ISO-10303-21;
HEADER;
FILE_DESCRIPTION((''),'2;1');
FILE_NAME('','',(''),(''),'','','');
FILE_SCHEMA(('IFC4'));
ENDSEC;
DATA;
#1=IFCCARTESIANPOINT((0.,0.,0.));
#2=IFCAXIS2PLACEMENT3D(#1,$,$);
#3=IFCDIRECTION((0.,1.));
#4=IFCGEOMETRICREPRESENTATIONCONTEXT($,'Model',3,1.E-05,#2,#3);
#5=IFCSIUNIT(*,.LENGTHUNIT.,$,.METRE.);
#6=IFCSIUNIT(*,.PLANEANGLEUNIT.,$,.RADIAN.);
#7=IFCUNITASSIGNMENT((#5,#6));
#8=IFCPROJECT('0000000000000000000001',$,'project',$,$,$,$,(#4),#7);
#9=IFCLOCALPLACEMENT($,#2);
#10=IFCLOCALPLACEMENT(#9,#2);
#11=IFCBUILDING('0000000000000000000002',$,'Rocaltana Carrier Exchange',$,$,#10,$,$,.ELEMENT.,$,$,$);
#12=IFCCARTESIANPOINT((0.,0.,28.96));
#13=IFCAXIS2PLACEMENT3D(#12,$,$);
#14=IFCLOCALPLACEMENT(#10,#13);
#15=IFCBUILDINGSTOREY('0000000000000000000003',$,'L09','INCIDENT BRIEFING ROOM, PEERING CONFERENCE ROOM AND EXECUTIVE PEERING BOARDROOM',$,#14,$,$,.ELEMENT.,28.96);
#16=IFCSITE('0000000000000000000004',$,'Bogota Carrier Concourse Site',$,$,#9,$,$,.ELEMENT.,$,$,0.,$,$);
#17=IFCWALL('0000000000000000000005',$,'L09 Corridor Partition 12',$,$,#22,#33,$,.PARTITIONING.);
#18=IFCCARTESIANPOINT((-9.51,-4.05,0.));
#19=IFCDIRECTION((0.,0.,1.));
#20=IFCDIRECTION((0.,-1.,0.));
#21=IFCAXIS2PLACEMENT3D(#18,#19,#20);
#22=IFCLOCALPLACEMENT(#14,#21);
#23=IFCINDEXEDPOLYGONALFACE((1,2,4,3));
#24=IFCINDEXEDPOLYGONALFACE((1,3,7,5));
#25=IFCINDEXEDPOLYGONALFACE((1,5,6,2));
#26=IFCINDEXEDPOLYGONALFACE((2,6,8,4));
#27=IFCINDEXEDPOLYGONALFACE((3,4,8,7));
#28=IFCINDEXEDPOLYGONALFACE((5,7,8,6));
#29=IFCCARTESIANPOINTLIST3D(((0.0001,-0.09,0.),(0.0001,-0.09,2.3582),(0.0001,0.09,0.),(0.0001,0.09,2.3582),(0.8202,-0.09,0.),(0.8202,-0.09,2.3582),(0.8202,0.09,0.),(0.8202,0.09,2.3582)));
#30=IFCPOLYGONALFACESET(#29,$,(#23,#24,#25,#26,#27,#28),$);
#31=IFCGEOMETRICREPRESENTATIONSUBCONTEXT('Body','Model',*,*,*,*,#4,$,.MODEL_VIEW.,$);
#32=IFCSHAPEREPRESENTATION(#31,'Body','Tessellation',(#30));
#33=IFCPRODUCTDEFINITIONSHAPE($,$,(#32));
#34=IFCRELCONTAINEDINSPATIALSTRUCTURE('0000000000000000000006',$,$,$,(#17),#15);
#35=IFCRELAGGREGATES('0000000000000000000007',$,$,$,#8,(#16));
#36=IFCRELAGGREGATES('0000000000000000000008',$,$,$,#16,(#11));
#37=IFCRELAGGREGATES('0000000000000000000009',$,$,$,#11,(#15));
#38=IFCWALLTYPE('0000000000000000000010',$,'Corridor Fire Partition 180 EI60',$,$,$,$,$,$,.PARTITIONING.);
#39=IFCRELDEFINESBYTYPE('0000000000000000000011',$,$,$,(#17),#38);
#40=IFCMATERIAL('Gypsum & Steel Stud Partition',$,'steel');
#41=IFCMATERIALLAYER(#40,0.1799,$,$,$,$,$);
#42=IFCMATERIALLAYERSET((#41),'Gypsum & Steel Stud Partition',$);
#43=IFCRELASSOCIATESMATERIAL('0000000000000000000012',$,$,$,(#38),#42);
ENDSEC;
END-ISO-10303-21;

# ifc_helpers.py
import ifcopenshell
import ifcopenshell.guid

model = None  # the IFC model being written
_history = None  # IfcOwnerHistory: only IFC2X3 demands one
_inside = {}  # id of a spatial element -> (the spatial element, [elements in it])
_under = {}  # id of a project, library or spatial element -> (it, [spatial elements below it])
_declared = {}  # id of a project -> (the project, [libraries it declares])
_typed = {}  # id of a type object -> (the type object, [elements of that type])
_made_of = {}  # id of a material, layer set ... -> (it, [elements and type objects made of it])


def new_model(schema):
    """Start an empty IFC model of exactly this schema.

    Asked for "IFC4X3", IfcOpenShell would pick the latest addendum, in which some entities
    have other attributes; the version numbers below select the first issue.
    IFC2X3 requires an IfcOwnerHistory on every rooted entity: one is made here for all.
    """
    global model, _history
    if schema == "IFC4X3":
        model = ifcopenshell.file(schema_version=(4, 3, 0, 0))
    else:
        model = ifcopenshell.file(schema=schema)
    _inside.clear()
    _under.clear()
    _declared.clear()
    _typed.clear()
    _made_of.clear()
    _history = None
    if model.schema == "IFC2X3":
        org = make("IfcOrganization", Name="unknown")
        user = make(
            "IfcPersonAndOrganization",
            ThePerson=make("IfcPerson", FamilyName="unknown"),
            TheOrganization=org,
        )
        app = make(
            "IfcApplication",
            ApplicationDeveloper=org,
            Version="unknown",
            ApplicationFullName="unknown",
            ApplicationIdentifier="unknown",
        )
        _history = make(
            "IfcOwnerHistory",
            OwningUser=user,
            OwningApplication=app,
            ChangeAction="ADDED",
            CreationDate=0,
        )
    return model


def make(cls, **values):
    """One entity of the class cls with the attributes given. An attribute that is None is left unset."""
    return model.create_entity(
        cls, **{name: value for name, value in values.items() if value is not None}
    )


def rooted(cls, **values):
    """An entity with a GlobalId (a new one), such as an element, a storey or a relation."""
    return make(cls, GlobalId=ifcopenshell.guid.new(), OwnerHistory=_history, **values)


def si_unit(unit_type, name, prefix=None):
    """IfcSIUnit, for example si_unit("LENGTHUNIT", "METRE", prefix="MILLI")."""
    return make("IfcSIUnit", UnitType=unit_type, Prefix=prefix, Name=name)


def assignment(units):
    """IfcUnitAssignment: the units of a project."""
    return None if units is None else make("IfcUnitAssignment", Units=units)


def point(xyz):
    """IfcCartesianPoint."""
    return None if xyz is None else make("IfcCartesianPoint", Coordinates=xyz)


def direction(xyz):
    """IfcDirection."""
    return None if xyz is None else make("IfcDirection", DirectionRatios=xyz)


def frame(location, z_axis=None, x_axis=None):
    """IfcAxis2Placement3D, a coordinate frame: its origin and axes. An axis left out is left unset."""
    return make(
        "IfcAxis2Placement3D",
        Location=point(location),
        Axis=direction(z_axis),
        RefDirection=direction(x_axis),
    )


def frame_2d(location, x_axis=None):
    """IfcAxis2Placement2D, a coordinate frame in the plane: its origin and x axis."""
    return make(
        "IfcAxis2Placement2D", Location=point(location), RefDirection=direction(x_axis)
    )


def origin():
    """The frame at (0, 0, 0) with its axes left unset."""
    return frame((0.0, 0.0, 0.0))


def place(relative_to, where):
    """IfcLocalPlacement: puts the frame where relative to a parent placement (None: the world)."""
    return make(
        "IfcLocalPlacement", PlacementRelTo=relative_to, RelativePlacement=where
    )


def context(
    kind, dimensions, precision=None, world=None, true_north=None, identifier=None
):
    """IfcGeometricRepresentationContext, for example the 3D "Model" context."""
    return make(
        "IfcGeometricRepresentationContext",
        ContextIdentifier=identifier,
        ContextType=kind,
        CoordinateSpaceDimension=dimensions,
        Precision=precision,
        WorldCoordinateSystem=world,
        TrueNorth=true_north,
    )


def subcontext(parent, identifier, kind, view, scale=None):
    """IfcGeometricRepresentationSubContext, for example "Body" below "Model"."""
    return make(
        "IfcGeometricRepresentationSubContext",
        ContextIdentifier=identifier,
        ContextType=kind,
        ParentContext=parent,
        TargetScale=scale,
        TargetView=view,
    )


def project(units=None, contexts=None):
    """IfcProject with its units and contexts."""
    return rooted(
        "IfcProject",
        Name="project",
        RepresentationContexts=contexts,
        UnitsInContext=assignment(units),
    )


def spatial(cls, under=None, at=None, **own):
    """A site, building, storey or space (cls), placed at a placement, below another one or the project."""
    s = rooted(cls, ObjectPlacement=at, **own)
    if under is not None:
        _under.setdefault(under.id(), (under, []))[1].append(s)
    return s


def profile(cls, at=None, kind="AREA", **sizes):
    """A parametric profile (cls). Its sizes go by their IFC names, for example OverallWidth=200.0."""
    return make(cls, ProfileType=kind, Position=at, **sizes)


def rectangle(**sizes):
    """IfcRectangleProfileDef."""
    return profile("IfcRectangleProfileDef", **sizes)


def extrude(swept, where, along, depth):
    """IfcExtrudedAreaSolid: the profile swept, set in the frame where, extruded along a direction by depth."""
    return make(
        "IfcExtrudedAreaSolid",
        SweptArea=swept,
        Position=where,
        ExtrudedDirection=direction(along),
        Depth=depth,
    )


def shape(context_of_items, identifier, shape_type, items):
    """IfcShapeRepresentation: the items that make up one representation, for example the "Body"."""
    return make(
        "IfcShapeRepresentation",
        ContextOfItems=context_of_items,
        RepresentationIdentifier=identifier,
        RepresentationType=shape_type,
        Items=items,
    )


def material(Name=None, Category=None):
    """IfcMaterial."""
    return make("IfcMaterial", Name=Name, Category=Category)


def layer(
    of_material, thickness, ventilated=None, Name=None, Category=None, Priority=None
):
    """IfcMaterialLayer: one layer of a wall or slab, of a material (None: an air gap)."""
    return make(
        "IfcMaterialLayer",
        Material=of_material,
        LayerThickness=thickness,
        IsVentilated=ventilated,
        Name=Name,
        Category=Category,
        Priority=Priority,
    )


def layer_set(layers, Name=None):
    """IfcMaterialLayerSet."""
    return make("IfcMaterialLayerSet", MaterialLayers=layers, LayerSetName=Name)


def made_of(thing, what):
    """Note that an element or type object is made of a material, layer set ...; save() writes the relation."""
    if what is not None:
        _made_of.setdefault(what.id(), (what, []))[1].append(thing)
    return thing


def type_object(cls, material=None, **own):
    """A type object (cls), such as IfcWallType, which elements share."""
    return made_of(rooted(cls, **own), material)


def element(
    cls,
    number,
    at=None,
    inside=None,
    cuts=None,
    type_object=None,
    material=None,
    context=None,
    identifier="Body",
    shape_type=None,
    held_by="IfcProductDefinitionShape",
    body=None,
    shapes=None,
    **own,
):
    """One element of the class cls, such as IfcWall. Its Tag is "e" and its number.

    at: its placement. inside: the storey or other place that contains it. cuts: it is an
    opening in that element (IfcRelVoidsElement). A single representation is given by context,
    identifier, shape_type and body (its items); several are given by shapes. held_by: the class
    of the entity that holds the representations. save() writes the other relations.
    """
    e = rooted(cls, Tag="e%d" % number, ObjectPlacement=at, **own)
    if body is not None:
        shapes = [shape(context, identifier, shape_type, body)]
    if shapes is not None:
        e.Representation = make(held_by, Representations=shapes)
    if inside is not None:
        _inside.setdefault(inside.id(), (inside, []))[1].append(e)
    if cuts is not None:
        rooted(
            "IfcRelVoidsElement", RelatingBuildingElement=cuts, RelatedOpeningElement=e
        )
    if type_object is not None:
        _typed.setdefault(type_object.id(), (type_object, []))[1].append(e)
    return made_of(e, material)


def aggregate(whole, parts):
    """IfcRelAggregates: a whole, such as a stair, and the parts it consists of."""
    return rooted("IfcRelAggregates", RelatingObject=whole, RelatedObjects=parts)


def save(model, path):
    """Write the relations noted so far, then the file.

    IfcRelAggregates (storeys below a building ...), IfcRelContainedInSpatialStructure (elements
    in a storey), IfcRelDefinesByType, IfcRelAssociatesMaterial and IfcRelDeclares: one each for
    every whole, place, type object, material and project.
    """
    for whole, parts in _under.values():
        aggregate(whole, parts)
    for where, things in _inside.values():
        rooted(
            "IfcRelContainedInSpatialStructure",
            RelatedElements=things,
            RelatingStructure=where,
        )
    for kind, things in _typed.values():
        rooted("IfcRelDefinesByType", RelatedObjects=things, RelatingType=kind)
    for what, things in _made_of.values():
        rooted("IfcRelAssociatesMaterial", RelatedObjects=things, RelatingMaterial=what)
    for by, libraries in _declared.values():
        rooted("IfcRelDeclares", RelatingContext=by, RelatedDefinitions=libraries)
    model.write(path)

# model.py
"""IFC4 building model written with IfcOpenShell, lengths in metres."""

from ifc_helpers import new_model, si_unit, direction, frame, frame_2d, origin, place, context, subcontext, project, spatial, rectangle, extrude, material, layer, layer_set, type_object, element, save


model = new_model("IFC4")

# Units and contexts
model_context = context("Model", 3, precision=1e-05, world=origin(), true_north=direction((0.0, 1.0)))
body_context = subcontext(model_context, "Body", "Model", "MODEL_VIEW")
ifc_project = project(units=[si_unit("LENGTHUNIT", "METRE"), si_unit("PLANEANGLEUNIT", "RADIAN")], contexts=[model_context])

# Site, building, storey
site_placement = place(None, origin())
site = spatial("IfcSite", under=ifc_project, at=site_placement, Name="Bogota Carrier Concourse Site", CompositionType="ELEMENT", RefElevation=0.0)
building_placement = place(site_placement, origin())
building = spatial("IfcBuilding", under=site, at=building_placement, Name="Rocaltana Carrier Exchange", CompositionType="ELEMENT")
storey_placement = place(building_placement, frame((0.0, 0.0, 28.96)))
storey = spatial("IfcBuildingStorey", under=building, at=storey_placement, Name="L09", Description="INCIDENT BRIEFING ROOM, PEERING CONFERENCE ROOM AND EXECUTIVE PEERING BOARDROOM", CompositionType="ELEMENT", Elevation=28.96)

# Shared definitions
ifc_material_1 = material(Name="Gypsum & Steel Stud Partition", Category="steel")
ifc_layer_1 = layer(ifc_material_1, 0.1799)
ifc_layer_set_1 = layer_set([ifc_layer_1], Name="Gypsum & Steel Stud Partition")
wall_type_1 = type_object("IfcWallType", Name="Corridor Fire Partition 180 EI60", PredefinedType="PARTITIONING", material=ifc_layer_set_1)

# Wall
wall_1_placement = place(storey_placement, frame((-9.51, -4.05, 0.0), z_axis=(0.0, 0.0, 1.0), x_axis=(0.0, -1.0, 0.0)))
element("IfcWall", 1, at=wall_1_placement, inside=storey, type_object=wall_type_1, Name="L09 Corridor Partition 12", PredefinedType="PARTITIONING", context=body_context, shape_type="SweptSolid", body=[
    extrude(rectangle(XDim=0.8201, YDim=0.1799, at=frame_2d((0.4102, 0.0))), origin(), (0.0, 0.0, 1.0), 2.3582),
])

save(model, "model.ifc")
